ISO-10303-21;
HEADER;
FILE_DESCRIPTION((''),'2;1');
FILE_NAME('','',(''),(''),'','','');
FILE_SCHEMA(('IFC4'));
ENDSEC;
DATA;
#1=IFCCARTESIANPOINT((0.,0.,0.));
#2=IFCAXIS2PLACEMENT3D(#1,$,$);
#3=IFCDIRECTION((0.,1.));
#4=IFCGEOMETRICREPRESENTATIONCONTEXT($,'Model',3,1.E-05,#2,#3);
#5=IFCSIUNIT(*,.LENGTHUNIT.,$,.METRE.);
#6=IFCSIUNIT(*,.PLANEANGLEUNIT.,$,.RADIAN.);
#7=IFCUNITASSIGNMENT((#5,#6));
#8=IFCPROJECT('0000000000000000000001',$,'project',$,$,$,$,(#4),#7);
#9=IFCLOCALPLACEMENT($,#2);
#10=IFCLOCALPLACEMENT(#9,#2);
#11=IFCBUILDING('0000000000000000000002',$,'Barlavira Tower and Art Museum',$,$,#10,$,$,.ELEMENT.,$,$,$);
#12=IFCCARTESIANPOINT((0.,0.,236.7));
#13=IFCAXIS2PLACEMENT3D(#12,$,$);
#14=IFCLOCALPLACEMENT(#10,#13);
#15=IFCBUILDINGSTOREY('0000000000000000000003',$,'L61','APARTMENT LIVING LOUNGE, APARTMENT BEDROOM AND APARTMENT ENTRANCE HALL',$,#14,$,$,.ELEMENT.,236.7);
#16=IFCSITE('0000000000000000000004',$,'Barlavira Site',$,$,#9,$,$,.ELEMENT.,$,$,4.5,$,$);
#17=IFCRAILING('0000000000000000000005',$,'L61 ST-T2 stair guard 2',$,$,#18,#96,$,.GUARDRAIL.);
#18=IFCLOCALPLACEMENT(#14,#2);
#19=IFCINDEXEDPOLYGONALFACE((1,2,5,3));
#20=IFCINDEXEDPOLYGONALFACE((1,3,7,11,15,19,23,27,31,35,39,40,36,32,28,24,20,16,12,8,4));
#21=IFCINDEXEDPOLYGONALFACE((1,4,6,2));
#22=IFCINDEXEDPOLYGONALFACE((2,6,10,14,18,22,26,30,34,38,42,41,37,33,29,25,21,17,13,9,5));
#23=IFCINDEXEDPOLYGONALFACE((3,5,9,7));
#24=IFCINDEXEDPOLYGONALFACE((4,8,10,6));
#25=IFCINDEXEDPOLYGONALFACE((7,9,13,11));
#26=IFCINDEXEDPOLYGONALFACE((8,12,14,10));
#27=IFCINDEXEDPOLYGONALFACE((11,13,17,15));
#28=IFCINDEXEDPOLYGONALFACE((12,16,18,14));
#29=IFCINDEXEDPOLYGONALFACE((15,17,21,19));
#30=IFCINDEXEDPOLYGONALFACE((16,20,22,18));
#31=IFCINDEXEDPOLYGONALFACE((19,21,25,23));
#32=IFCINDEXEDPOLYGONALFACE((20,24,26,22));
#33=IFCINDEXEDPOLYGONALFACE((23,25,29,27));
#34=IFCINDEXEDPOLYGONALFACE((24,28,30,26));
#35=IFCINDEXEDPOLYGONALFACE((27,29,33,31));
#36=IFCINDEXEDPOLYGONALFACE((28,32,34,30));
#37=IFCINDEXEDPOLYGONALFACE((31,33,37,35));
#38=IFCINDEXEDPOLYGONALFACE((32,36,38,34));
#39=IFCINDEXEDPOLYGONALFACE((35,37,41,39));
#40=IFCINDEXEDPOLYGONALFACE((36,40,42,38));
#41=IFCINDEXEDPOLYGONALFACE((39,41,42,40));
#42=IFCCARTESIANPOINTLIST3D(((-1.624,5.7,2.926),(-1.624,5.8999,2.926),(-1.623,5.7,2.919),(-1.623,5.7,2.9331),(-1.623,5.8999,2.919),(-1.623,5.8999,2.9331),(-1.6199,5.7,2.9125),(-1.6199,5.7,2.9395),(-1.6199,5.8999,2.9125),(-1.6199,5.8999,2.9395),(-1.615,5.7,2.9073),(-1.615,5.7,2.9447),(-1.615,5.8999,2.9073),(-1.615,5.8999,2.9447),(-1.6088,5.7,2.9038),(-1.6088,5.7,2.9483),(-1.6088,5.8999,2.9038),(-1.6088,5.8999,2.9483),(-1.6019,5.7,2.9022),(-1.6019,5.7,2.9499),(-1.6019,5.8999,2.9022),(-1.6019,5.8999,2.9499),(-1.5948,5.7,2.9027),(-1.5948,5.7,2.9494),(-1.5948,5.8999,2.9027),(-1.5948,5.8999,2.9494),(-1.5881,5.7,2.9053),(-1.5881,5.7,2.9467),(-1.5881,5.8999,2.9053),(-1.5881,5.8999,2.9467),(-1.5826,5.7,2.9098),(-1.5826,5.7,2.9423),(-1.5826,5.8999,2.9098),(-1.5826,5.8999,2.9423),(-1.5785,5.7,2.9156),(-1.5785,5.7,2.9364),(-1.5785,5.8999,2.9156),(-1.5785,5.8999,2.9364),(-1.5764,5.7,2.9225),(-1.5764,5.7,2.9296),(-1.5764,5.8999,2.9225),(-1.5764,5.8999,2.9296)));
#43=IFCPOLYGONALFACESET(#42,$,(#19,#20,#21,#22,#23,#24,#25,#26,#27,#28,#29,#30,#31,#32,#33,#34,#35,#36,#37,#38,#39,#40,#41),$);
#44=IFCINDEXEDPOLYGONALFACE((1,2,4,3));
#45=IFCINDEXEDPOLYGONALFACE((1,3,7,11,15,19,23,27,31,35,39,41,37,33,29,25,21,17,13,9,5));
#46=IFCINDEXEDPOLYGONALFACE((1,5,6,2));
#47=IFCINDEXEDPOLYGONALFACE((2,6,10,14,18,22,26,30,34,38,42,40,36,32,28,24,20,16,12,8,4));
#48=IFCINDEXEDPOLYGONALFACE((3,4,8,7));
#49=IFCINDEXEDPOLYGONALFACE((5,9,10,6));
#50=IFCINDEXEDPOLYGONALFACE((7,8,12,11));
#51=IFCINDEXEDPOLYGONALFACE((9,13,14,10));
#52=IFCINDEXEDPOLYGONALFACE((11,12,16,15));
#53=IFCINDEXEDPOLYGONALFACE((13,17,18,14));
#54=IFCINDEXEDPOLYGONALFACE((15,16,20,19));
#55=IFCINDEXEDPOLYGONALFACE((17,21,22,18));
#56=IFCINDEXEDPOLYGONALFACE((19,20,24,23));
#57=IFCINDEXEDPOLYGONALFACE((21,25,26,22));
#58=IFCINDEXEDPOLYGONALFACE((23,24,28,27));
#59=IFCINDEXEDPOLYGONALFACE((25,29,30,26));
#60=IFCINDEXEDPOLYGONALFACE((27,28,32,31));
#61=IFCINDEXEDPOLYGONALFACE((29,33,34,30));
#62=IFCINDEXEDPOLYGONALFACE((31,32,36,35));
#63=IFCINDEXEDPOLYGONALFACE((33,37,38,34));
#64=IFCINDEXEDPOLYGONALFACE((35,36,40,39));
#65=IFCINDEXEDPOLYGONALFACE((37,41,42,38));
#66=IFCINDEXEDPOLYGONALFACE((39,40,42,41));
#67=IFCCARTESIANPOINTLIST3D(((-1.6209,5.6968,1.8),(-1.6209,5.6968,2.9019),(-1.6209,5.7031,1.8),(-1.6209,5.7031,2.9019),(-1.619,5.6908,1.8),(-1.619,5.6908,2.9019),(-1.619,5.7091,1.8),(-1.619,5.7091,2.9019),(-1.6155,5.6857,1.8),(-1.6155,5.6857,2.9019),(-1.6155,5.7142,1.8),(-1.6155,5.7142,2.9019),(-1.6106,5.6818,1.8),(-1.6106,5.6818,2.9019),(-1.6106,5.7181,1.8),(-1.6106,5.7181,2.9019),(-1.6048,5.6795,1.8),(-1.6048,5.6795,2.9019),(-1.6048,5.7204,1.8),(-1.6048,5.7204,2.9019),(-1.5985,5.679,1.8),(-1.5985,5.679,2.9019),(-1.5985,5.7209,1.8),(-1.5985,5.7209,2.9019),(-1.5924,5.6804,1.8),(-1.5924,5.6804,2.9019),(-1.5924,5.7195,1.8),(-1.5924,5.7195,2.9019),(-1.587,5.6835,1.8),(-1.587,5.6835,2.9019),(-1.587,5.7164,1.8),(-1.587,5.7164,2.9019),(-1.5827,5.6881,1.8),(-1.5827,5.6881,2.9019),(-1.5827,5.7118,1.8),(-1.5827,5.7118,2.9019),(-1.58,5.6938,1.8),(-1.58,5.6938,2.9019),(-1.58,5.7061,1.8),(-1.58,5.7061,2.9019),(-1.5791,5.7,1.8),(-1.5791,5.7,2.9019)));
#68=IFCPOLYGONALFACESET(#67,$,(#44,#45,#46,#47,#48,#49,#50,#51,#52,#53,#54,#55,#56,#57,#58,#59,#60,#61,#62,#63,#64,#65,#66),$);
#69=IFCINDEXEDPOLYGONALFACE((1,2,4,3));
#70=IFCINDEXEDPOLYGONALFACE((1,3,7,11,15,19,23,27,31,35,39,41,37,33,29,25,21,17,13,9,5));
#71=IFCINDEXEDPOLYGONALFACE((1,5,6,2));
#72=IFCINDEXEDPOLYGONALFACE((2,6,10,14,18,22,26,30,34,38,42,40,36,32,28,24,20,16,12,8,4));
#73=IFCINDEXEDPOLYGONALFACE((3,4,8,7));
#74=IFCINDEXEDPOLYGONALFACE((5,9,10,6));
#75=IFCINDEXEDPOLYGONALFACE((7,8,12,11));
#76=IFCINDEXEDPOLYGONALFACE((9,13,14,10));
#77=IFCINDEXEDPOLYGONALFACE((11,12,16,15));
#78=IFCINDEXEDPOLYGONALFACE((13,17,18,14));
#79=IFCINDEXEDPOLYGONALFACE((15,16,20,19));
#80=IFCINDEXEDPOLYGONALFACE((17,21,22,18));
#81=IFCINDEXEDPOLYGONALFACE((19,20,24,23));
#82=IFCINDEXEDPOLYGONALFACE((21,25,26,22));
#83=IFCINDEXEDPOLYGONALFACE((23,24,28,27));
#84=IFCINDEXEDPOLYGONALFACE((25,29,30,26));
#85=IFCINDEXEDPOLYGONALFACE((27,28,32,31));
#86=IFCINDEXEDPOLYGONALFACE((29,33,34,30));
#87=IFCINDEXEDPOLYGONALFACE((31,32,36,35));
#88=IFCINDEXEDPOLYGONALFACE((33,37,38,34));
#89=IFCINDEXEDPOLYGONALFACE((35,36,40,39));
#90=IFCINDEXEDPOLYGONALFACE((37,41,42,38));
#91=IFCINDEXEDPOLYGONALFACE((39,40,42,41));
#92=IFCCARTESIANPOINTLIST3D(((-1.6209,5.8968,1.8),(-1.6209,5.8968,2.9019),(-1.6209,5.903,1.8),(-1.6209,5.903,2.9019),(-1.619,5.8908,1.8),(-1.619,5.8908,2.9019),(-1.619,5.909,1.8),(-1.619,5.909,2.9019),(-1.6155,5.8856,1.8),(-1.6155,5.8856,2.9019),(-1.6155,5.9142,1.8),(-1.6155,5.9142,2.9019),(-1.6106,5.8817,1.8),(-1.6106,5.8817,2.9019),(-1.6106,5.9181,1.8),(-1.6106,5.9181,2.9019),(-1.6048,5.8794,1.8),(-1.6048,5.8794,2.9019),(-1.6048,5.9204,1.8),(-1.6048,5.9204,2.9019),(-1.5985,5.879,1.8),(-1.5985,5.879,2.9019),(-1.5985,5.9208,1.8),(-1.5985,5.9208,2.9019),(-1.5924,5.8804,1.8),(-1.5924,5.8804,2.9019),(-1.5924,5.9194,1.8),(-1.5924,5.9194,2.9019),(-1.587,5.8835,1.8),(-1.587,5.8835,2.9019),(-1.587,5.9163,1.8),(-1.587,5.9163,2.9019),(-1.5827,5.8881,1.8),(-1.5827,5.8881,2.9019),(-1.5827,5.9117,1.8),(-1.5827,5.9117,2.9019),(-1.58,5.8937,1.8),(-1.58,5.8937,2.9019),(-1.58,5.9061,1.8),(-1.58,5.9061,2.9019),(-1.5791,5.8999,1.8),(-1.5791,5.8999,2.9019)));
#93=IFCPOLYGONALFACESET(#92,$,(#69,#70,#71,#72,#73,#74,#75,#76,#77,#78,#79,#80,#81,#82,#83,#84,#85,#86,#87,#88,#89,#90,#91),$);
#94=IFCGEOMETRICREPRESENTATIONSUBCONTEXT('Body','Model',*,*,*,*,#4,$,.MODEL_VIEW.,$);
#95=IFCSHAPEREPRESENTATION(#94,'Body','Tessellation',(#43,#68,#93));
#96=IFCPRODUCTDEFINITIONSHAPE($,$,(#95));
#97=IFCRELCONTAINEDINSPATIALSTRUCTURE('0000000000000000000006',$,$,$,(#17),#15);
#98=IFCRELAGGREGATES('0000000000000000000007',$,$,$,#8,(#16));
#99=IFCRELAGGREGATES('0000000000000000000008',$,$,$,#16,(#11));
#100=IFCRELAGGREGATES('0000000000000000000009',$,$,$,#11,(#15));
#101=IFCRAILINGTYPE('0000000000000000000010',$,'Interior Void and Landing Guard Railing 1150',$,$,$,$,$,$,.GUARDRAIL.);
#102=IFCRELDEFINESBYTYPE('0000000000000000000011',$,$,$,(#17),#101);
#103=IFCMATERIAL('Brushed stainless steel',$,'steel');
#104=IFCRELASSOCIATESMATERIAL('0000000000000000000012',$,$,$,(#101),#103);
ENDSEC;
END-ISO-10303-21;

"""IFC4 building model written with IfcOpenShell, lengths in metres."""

from ifc_helpers import new_model, si_unit, direction, frame, origin, origin_2d, place, context, subcontext, project, spatial, circle, extrude, material, type_object, element, save


model = new_model("IFC4")

# Units and contexts
model_context = context("Model", 3, precision=1e-05, world=origin(), true_north=direction((0.0, 1.0)))
body_context = subcontext(model_context, "Body", "Model", "MODEL_VIEW")
ifc_project = project(units=[si_unit("LENGTHUNIT", "METRE"), si_unit("PLANEANGLEUNIT", "RADIAN")], contexts=[model_context])

# Site, building, storey
site_placement = place(None, origin())
site = spatial("IfcSite", under=ifc_project, at=site_placement, Name="Barlavira Site", CompositionType="ELEMENT", RefElevation=4.5)
building_placement = place(site_placement, origin())
building = spatial("IfcBuilding", under=site, at=building_placement, Name="Barlavira Tower and Art Museum", CompositionType="ELEMENT")
storey_placement = place(building_placement, frame((0.0, 0.0, 236.7)))
storey = spatial("IfcBuildingStorey", under=building, at=storey_placement, Name="L61", Description="APARTMENT LIVING LOUNGE, APARTMENT BEDROOM AND APARTMENT ENTRANCE HALL", CompositionType="ELEMENT", Elevation=236.7)

# Shared definitions
ifc_material_1 = material(Name="Brushed stainless steel", Category="steel")

# Railing
railing_type_1 = type_object("IfcRailingType", Name="Interior Void and Landing Guard Railing 1150", PredefinedType="GUARDRAIL", material=ifc_material_1)
railing_1_placement = place(storey_placement, frame((-1.6001, 5.7, 1.8)))
element("IfcRailing", 1, at=railing_1_placement, inside=storey, type_object=railing_type_1, Name="L61 ST-T2 stair guard 2", PredefinedType="GUARDRAIL", context=body_context, shape_type="SweptSolid", body=[
    extrude(circle(Radius=0.0239, at=origin_2d()), frame((0.0, 0.0, 1.126), z_axis=(0.0, 1.0, 0.0), x_axis=(-1.0, 0.0, 0.0)), (0.0, 0.0, 1.0), 0.2),
    extrude(circle(Radius=0.021, at=origin_2d()), origin(), (0.0, 0.0, 1.0), 1.1018),
    extrude(circle(Radius=0.021, at=origin_2d()), frame((0.0, 0.2, 0.0)), (0.0, 0.0, 1.0), 1.1018),
])

save(model, "model.ifc")
